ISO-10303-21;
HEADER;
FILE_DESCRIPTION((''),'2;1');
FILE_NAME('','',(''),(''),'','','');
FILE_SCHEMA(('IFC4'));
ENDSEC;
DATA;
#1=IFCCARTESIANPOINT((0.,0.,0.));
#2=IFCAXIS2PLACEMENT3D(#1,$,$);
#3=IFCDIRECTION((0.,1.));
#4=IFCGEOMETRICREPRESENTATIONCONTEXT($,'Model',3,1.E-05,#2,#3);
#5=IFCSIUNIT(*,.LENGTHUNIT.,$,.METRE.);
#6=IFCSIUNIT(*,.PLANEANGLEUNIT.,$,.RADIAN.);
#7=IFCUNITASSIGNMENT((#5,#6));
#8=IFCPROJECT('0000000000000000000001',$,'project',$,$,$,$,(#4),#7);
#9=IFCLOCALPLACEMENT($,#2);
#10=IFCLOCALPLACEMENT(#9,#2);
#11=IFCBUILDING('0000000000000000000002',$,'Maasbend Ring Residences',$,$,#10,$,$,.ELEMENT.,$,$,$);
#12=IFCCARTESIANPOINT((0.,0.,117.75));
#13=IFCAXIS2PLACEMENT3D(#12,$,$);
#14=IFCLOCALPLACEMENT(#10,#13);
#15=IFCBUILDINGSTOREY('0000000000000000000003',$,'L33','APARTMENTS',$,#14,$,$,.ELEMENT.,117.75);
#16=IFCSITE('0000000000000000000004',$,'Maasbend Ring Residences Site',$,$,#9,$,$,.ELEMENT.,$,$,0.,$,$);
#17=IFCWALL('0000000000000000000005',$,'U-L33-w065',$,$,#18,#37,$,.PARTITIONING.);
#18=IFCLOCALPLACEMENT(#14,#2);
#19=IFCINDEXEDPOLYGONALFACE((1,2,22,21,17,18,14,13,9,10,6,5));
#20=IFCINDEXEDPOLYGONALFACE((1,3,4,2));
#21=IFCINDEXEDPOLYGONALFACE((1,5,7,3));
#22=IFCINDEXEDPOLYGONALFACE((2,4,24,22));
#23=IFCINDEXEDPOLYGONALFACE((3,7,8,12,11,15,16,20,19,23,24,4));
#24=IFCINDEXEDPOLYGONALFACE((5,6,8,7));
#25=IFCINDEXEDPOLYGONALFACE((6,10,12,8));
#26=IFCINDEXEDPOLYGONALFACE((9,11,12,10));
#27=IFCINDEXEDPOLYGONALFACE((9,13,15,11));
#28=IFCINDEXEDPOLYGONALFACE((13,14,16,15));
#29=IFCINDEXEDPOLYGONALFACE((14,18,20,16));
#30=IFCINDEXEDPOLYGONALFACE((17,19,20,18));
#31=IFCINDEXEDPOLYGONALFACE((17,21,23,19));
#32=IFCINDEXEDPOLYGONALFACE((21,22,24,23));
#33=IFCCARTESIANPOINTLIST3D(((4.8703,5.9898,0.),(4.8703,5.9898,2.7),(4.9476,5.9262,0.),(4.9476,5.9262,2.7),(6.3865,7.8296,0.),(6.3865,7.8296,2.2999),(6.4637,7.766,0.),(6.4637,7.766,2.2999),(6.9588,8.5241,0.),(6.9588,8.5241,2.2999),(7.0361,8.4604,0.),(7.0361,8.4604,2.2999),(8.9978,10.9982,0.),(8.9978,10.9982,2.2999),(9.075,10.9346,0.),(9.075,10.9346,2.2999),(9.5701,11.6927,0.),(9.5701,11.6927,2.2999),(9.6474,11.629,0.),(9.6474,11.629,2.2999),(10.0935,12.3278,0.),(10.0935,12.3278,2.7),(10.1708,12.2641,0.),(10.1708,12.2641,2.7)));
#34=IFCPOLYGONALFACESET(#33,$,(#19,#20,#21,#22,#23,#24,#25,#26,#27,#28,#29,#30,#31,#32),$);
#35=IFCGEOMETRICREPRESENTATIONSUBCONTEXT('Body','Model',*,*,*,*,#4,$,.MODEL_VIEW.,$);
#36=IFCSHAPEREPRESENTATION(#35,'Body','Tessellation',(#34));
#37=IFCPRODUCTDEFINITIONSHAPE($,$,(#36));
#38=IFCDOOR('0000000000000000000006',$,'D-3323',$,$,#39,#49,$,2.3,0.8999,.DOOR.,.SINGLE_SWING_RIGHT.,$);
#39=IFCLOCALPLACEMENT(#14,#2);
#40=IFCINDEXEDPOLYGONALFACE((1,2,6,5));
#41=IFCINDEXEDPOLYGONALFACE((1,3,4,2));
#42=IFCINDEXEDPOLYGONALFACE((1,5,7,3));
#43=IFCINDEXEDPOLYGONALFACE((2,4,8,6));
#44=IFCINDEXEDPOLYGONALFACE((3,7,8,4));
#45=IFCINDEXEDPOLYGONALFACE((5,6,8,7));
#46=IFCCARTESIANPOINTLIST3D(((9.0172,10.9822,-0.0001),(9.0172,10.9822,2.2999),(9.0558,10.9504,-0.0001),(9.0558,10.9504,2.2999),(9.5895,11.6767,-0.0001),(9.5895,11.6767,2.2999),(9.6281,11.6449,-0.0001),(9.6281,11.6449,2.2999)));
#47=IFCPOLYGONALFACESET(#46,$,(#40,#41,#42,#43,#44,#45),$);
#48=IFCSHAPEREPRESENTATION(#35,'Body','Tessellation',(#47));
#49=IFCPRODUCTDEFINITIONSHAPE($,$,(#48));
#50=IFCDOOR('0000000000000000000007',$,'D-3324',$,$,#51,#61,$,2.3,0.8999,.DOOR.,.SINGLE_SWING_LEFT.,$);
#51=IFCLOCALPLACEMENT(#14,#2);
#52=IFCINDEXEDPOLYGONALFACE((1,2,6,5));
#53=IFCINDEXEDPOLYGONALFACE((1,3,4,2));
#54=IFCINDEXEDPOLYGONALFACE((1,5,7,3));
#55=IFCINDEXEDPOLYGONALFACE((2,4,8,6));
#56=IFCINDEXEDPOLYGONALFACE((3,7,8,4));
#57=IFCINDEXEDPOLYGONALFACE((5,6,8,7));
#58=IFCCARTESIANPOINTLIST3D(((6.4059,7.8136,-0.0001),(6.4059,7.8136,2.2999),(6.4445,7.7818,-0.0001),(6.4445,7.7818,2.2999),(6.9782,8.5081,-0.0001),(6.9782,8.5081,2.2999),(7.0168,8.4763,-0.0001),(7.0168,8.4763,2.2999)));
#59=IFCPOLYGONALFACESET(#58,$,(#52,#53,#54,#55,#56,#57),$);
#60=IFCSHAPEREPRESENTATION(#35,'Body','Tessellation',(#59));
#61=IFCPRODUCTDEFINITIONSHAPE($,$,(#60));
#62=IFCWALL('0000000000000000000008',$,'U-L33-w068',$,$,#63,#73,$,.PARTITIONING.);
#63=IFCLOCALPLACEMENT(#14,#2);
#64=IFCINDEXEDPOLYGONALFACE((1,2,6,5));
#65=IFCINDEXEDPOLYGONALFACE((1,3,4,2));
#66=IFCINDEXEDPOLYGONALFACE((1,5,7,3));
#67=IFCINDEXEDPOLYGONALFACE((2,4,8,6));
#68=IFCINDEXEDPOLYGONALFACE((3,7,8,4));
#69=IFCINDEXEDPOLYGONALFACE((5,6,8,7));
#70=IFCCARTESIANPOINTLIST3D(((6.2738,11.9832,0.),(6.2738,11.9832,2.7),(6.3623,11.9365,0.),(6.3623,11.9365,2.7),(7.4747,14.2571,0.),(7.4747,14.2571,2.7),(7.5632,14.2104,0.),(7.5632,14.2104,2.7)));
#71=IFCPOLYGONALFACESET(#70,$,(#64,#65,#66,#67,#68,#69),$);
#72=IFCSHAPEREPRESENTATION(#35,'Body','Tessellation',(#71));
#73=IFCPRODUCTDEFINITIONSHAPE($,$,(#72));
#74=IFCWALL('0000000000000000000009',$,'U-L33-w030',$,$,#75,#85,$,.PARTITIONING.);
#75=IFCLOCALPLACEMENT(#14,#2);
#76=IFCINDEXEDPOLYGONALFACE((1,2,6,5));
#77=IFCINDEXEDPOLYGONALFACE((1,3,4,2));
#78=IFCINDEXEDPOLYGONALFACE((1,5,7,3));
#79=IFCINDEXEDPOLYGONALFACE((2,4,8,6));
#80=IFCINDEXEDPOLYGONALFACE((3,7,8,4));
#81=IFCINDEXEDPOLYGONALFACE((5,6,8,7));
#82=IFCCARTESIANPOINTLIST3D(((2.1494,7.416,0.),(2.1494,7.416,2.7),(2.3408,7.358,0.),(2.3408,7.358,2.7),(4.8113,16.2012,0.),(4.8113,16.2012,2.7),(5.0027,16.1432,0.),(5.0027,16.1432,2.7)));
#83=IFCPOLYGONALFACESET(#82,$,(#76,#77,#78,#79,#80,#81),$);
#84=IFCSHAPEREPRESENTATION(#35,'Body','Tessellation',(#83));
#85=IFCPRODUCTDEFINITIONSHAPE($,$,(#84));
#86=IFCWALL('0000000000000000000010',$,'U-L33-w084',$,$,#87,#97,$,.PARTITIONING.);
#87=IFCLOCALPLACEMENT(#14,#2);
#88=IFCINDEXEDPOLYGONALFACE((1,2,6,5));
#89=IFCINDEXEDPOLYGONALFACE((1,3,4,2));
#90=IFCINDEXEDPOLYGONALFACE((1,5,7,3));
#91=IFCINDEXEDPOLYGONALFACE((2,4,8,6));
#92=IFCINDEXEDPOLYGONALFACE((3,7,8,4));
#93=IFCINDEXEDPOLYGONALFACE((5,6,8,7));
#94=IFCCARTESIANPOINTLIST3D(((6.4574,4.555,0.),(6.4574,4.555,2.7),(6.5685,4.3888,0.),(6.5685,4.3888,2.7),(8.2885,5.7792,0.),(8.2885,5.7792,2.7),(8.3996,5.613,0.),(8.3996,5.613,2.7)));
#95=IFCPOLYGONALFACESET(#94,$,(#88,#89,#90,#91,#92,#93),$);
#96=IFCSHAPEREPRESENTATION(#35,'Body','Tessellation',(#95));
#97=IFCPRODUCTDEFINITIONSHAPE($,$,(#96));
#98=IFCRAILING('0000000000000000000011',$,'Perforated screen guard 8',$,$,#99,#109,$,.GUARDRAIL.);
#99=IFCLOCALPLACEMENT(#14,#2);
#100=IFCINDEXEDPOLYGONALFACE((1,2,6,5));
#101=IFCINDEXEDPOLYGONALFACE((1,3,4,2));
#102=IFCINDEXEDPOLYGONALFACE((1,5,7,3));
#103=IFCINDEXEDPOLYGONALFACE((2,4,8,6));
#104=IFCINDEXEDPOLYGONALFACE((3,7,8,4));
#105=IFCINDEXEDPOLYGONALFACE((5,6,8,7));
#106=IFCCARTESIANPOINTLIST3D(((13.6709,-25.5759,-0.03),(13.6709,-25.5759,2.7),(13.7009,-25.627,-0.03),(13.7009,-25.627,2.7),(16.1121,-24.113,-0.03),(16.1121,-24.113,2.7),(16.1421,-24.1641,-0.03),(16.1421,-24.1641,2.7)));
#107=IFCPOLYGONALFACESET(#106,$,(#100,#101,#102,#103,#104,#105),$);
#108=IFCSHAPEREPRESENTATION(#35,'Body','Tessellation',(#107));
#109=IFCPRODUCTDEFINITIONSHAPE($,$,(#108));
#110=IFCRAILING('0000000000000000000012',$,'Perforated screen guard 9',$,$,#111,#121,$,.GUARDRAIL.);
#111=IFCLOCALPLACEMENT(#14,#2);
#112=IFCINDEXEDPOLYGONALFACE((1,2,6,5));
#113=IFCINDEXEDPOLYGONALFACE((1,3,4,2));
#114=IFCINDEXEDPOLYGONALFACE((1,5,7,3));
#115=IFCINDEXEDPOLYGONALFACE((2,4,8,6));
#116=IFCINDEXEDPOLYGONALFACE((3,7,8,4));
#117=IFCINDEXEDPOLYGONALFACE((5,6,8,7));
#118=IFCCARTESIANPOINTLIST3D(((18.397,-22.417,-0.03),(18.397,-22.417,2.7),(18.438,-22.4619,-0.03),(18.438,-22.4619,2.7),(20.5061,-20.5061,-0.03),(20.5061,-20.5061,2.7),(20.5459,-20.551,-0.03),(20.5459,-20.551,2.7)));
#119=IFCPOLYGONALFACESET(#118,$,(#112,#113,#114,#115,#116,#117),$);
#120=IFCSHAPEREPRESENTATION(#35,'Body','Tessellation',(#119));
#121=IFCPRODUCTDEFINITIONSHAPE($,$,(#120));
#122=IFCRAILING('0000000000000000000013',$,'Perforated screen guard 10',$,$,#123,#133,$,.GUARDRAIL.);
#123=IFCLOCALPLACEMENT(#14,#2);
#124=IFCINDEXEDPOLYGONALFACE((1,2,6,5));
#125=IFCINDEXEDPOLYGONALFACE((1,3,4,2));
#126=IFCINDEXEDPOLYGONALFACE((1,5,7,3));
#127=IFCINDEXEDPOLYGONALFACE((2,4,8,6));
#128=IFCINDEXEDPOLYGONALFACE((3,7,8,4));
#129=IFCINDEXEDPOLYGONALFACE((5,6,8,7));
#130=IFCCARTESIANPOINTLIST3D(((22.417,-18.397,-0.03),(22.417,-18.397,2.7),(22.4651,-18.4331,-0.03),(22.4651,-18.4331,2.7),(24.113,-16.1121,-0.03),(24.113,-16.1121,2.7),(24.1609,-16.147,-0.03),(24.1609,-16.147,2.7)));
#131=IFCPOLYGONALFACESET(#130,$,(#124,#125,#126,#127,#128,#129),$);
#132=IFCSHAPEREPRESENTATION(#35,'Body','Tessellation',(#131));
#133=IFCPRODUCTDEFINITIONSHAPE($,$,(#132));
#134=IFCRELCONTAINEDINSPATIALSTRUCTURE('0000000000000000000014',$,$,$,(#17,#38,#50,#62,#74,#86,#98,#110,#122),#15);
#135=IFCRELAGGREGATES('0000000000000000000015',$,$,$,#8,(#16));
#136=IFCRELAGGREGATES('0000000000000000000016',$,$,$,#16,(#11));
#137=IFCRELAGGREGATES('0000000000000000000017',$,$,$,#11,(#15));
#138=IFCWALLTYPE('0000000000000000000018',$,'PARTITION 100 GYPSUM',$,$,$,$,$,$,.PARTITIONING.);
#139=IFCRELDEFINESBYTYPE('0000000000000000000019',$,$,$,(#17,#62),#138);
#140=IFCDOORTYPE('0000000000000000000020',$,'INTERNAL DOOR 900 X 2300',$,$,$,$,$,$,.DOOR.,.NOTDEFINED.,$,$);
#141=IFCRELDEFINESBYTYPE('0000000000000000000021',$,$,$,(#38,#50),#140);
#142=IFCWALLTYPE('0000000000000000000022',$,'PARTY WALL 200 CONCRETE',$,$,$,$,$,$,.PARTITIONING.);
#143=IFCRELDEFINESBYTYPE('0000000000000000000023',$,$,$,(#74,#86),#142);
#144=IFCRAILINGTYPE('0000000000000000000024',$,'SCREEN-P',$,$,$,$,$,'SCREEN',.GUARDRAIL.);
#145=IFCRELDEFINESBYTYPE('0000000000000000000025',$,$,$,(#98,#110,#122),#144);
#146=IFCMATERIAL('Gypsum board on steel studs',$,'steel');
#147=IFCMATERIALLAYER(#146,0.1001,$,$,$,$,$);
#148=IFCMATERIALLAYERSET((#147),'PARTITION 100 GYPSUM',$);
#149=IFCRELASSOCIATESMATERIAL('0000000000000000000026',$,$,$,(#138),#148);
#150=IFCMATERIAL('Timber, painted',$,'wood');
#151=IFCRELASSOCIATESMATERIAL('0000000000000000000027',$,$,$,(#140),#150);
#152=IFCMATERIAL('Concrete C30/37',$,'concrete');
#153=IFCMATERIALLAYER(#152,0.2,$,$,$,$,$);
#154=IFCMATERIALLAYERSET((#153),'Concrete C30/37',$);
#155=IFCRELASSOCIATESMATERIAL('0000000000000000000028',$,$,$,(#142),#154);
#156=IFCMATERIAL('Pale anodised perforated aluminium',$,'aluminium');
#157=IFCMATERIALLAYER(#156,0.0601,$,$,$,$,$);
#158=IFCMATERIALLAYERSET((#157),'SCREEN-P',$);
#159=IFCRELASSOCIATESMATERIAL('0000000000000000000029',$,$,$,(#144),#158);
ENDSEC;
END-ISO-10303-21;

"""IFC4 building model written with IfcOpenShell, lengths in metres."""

from ifc_helpers import new_model, si_unit, direction, frame, frame_2d, origin, place, context, subcontext, project, spatial, polyline, rectangle, outline, extrude, material, layer, layer_set, type_object, element, fill, save


model = new_model("IFC4")

# Units and contexts
model_context = context("Model", 3, precision=1e-05, world=origin(), true_north=direction((0.0, 1.0)))
body_context = subcontext(model_context, "Body", "Model", "MODEL_VIEW")
ifc_project = project(units=[si_unit("LENGTHUNIT", "METRE"), si_unit("PLANEANGLEUNIT", "RADIAN")], contexts=[model_context])

# Site, building, storey
site_placement = place(None, origin())
site = spatial("IfcSite", under=ifc_project, at=site_placement, Name="Maasbend Ring Residences Site", CompositionType="ELEMENT", RefElevation=0.0)
building_placement = place(site_placement, origin())
building = spatial("IfcBuilding", under=site, at=building_placement, Name="Maasbend Ring Residences", CompositionType="ELEMENT")
storey_placement = place(building_placement, frame((0.0, 0.0, 117.75)))
storey = spatial("IfcBuildingStorey", under=building, at=storey_placement, Name="L33", Description="APARTMENTS", CompositionType="ELEMENT", Elevation=117.75)

# Shared definitions
ifc_material_1 = material(Name="Gypsum board on steel studs", Category="steel")
ifc_layer_1 = layer(ifc_material_1, 0.1001)
ifc_layer_set_1 = layer_set([ifc_layer_1], Name="PARTITION 100 GYPSUM")
wall_type_1 = type_object("IfcWallType", Name="PARTITION 100 GYPSUM", PredefinedType="PARTITIONING", material=ifc_layer_set_1)
ifc_material_2 = material(Name="Timber, painted", Category="wood")
door_type = type_object("IfcDoorType", Name="INTERNAL DOOR 900 X 2300", OperationType="NOTDEFINED", PredefinedType="DOOR", material=ifc_material_2)

# Wall, openings, doors
wall_1_placement = place(storey_placement, frame((4.9089, 5.958, 0.0), z_axis=(0.0, 0.0, 1.0), x_axis=(0.635976, 0.771709, 0.0)))
wall_1 = element("IfcWall", 1, at=wall_1_placement, inside=storey, type_object=wall_type_1, Name="U-L33-w065", PredefinedType="PARTITIONING", context=body_context, shape_type="SweptSolid", body=[
    extrude(rectangle(XDim=8.2129, YDim=0.1001, at=frame_2d((4.1064, 0.0))), origin(), (0.0, 0.0, 1.0), 2.7),
])
opening_1_placement = place(wall_1_placement, frame((6.49, 0.0, 0.0)))
opening_1 = element("IfcOpeningElement", 2, at=opening_1_placement, cuts=wall_1, PredefinedType="OPENING", context=body_context, shape_type="SweptSolid", body=[
    extrude(rectangle(XDim=0.8999, YDim=2.3, at=frame_2d((0.45, 1.1499))), frame((0.0, 0.0601, 0.0), z_axis=(0.0, -1.0, 0.0), x_axis=(1.0, 0.0, 0.0)), (0.0, 0.0, 1.0), 0.1201),
])
opening_2_placement = place(wall_1_placement, frame((2.384, 0.0, 0.0)))
opening_2 = element("IfcOpeningElement", 3, at=opening_2_placement, cuts=wall_1, PredefinedType="OPENING", context=body_context, shape_type="SweptSolid", body=[
    extrude(rectangle(XDim=0.8999, YDim=2.3, at=frame_2d((0.45, 1.1499))), frame((0.0, 0.0601, 0.0), z_axis=(0.0, -1.0, 0.0), x_axis=(1.0, 0.0, 0.0)), (0.0, 0.0, 1.0), 0.1201),
])
door_1_placement = place(opening_1_placement, origin())
door_1 = element("IfcDoor", 4, at=door_1_placement, inside=storey, type_object=door_type, Name="D-3323", OperationType="SINGLE_SWING_RIGHT", OverallHeight=2.3, OverallWidth=0.8999, PredefinedType="DOOR", context=body_context, shape_type="SweptSolid", body=[
    extrude(rectangle(XDim=0.8999, YDim=2.3, at=frame_2d((0.45, 1.1499))), frame((0.0, 0.0249, 0.0), z_axis=(0.0, -1.0, 0.0), x_axis=(1.0, 0.0, 0.0)), (0.0, 0.0, 1.0), 0.05),
])
fill(opening_1, door_1)
door_2_placement = place(opening_2_placement, origin())
door_2 = element("IfcDoor", 5, at=door_2_placement, inside=storey, type_object=door_type, Name="D-3324", OperationType="SINGLE_SWING_LEFT", OverallHeight=2.3, OverallWidth=0.8999, PredefinedType="DOOR", context=body_context, shape_type="SweptSolid", body=[
    extrude(rectangle(XDim=0.8999, YDim=2.3, at=frame_2d((0.45, 1.1499))), frame((0.0, 0.0249, 0.0), z_axis=(0.0, -1.0, 0.0), x_axis=(1.0, 0.0, 0.0)), (0.0, 0.0, 1.0), 0.05),
])
fill(opening_2, door_2)

# Walls
wall_2_placement = place(storey_placement, frame((6.3181, 11.96, 0.0), z_axis=(0.0, 0.0, 1.0), x_axis=(0.467002, 0.884256, 0.0)))
element("IfcWall", 6, at=wall_2_placement, inside=storey, type_object=wall_type_1, Name="U-L33-w068", PredefinedType="PARTITIONING", context=body_context, shape_type="SweptSolid", body=[
    extrude(rectangle(XDim=2.5715, YDim=0.1001, at=frame_2d((1.2856, 0.0))), origin(), (0.0, 0.0, 1.0), 2.7),
])
ifc_material_3 = material(Name="Concrete C30/37", Category="concrete")
ifc_layer_2 = layer(ifc_material_3, 0.2)
ifc_layer_set_2 = layer_set([ifc_layer_2], Name="Concrete C30/37")
wall_type_2 = type_object("IfcWallType", Name="PARTY WALL 200 CONCRETE", PredefinedType="PARTITIONING", material=ifc_layer_set_2)
wall_3_placement = place(storey_placement, frame((2.2451, 7.387, 0.0), z_axis=(0.0, 0.0, 1.0), x_axis=(0.289977, 0.957034, 0.0)))
element("IfcWall", 7, at=wall_3_placement, inside=storey, type_object=wall_type_2, Name="U-L33-w030", PredefinedType="PARTITIONING", context=body_context, shape_type="SweptSolid", body=[
    extrude(rectangle(XDim=9.1797, YDim=0.2, at=frame_2d((4.5898, 0.0))), origin(), (0.0, 0.0, 1.0), 2.7),
])
wall_4_placement = place(storey_placement, frame((6.5129, 4.4719, 0.0), z_axis=(0.0, 0.0, 1.0), x_axis=(0.831333, 0.555774, 0.0)))
element("IfcWall", 8, at=wall_4_placement, inside=storey, type_object=wall_type_2, Name="U-L33-w084", PredefinedType="PARTITIONING", context=body_context, shape_type="SweptSolid", body=[
    extrude(rectangle(XDim=2.2026, YDim=0.2, at=frame_2d((1.1013, 0.0))), origin(), (0.0, 0.0, 1.0), 2.7),
])

# Railings
ifc_material_4 = material(Name="Pale anodised perforated aluminium", Category="aluminium")
ifc_layer_3 = layer(ifc_material_4, 0.0601)
ifc_layer_set_3 = layer_set([ifc_layer_3], Name="SCREEN-P")
railing_type = type_object("IfcRailingType", Name="SCREEN-P", ElementType="SCREEN", PredefinedType="GUARDRAIL", material=ifc_layer_set_3)
railing_1_placement = place(storey_placement, frame((0.0, 0.0, -0.03)))
element("IfcRailing", 9, at=railing_1_placement, inside=storey, type_object=railing_type, Name="Perforated screen guard 8", PredefinedType="GUARDRAIL", context=body_context, shape_type="SweptSolid", body=[
    extrude(outline(polyline([(13.6709, -25.5759), (16.1121, -24.113), (16.1421, -24.1641), (13.7009, -25.627), (13.6709, -25.5759)])), origin(), (0.0, 0.0, 1.0), 2.73),
])
railing_2_placement = place(storey_placement, frame((0.0, 0.0, -0.03)))
element("IfcRailing", 10, at=railing_2_placement, inside=storey, type_object=railing_type, Name="Perforated screen guard 9", PredefinedType="GUARDRAIL", context=body_context, shape_type="SweptSolid", body=[
    extrude(outline(polyline([(18.397, -22.417), (20.5061, -20.5061), (20.5459, -20.551), (18.438, -22.4619), (18.397, -22.417)])), origin(), (0.0, 0.0, 1.0), 2.73),
])
railing_3_placement = place(storey_placement, frame((0.0, 0.0, -0.03)))
element("IfcRailing", 11, at=railing_3_placement, inside=storey, type_object=railing_type, Name="Perforated screen guard 10", PredefinedType="GUARDRAIL", context=body_context, shape_type="SweptSolid", body=[
    extrude(outline(polyline([(22.417, -18.397), (24.113, -16.1121), (24.1609, -16.147), (22.4651, -18.4331), (22.417, -18.397)])), origin(), (0.0, 0.0, 1.0), 2.73),
])

save(model, "model.ifc")
